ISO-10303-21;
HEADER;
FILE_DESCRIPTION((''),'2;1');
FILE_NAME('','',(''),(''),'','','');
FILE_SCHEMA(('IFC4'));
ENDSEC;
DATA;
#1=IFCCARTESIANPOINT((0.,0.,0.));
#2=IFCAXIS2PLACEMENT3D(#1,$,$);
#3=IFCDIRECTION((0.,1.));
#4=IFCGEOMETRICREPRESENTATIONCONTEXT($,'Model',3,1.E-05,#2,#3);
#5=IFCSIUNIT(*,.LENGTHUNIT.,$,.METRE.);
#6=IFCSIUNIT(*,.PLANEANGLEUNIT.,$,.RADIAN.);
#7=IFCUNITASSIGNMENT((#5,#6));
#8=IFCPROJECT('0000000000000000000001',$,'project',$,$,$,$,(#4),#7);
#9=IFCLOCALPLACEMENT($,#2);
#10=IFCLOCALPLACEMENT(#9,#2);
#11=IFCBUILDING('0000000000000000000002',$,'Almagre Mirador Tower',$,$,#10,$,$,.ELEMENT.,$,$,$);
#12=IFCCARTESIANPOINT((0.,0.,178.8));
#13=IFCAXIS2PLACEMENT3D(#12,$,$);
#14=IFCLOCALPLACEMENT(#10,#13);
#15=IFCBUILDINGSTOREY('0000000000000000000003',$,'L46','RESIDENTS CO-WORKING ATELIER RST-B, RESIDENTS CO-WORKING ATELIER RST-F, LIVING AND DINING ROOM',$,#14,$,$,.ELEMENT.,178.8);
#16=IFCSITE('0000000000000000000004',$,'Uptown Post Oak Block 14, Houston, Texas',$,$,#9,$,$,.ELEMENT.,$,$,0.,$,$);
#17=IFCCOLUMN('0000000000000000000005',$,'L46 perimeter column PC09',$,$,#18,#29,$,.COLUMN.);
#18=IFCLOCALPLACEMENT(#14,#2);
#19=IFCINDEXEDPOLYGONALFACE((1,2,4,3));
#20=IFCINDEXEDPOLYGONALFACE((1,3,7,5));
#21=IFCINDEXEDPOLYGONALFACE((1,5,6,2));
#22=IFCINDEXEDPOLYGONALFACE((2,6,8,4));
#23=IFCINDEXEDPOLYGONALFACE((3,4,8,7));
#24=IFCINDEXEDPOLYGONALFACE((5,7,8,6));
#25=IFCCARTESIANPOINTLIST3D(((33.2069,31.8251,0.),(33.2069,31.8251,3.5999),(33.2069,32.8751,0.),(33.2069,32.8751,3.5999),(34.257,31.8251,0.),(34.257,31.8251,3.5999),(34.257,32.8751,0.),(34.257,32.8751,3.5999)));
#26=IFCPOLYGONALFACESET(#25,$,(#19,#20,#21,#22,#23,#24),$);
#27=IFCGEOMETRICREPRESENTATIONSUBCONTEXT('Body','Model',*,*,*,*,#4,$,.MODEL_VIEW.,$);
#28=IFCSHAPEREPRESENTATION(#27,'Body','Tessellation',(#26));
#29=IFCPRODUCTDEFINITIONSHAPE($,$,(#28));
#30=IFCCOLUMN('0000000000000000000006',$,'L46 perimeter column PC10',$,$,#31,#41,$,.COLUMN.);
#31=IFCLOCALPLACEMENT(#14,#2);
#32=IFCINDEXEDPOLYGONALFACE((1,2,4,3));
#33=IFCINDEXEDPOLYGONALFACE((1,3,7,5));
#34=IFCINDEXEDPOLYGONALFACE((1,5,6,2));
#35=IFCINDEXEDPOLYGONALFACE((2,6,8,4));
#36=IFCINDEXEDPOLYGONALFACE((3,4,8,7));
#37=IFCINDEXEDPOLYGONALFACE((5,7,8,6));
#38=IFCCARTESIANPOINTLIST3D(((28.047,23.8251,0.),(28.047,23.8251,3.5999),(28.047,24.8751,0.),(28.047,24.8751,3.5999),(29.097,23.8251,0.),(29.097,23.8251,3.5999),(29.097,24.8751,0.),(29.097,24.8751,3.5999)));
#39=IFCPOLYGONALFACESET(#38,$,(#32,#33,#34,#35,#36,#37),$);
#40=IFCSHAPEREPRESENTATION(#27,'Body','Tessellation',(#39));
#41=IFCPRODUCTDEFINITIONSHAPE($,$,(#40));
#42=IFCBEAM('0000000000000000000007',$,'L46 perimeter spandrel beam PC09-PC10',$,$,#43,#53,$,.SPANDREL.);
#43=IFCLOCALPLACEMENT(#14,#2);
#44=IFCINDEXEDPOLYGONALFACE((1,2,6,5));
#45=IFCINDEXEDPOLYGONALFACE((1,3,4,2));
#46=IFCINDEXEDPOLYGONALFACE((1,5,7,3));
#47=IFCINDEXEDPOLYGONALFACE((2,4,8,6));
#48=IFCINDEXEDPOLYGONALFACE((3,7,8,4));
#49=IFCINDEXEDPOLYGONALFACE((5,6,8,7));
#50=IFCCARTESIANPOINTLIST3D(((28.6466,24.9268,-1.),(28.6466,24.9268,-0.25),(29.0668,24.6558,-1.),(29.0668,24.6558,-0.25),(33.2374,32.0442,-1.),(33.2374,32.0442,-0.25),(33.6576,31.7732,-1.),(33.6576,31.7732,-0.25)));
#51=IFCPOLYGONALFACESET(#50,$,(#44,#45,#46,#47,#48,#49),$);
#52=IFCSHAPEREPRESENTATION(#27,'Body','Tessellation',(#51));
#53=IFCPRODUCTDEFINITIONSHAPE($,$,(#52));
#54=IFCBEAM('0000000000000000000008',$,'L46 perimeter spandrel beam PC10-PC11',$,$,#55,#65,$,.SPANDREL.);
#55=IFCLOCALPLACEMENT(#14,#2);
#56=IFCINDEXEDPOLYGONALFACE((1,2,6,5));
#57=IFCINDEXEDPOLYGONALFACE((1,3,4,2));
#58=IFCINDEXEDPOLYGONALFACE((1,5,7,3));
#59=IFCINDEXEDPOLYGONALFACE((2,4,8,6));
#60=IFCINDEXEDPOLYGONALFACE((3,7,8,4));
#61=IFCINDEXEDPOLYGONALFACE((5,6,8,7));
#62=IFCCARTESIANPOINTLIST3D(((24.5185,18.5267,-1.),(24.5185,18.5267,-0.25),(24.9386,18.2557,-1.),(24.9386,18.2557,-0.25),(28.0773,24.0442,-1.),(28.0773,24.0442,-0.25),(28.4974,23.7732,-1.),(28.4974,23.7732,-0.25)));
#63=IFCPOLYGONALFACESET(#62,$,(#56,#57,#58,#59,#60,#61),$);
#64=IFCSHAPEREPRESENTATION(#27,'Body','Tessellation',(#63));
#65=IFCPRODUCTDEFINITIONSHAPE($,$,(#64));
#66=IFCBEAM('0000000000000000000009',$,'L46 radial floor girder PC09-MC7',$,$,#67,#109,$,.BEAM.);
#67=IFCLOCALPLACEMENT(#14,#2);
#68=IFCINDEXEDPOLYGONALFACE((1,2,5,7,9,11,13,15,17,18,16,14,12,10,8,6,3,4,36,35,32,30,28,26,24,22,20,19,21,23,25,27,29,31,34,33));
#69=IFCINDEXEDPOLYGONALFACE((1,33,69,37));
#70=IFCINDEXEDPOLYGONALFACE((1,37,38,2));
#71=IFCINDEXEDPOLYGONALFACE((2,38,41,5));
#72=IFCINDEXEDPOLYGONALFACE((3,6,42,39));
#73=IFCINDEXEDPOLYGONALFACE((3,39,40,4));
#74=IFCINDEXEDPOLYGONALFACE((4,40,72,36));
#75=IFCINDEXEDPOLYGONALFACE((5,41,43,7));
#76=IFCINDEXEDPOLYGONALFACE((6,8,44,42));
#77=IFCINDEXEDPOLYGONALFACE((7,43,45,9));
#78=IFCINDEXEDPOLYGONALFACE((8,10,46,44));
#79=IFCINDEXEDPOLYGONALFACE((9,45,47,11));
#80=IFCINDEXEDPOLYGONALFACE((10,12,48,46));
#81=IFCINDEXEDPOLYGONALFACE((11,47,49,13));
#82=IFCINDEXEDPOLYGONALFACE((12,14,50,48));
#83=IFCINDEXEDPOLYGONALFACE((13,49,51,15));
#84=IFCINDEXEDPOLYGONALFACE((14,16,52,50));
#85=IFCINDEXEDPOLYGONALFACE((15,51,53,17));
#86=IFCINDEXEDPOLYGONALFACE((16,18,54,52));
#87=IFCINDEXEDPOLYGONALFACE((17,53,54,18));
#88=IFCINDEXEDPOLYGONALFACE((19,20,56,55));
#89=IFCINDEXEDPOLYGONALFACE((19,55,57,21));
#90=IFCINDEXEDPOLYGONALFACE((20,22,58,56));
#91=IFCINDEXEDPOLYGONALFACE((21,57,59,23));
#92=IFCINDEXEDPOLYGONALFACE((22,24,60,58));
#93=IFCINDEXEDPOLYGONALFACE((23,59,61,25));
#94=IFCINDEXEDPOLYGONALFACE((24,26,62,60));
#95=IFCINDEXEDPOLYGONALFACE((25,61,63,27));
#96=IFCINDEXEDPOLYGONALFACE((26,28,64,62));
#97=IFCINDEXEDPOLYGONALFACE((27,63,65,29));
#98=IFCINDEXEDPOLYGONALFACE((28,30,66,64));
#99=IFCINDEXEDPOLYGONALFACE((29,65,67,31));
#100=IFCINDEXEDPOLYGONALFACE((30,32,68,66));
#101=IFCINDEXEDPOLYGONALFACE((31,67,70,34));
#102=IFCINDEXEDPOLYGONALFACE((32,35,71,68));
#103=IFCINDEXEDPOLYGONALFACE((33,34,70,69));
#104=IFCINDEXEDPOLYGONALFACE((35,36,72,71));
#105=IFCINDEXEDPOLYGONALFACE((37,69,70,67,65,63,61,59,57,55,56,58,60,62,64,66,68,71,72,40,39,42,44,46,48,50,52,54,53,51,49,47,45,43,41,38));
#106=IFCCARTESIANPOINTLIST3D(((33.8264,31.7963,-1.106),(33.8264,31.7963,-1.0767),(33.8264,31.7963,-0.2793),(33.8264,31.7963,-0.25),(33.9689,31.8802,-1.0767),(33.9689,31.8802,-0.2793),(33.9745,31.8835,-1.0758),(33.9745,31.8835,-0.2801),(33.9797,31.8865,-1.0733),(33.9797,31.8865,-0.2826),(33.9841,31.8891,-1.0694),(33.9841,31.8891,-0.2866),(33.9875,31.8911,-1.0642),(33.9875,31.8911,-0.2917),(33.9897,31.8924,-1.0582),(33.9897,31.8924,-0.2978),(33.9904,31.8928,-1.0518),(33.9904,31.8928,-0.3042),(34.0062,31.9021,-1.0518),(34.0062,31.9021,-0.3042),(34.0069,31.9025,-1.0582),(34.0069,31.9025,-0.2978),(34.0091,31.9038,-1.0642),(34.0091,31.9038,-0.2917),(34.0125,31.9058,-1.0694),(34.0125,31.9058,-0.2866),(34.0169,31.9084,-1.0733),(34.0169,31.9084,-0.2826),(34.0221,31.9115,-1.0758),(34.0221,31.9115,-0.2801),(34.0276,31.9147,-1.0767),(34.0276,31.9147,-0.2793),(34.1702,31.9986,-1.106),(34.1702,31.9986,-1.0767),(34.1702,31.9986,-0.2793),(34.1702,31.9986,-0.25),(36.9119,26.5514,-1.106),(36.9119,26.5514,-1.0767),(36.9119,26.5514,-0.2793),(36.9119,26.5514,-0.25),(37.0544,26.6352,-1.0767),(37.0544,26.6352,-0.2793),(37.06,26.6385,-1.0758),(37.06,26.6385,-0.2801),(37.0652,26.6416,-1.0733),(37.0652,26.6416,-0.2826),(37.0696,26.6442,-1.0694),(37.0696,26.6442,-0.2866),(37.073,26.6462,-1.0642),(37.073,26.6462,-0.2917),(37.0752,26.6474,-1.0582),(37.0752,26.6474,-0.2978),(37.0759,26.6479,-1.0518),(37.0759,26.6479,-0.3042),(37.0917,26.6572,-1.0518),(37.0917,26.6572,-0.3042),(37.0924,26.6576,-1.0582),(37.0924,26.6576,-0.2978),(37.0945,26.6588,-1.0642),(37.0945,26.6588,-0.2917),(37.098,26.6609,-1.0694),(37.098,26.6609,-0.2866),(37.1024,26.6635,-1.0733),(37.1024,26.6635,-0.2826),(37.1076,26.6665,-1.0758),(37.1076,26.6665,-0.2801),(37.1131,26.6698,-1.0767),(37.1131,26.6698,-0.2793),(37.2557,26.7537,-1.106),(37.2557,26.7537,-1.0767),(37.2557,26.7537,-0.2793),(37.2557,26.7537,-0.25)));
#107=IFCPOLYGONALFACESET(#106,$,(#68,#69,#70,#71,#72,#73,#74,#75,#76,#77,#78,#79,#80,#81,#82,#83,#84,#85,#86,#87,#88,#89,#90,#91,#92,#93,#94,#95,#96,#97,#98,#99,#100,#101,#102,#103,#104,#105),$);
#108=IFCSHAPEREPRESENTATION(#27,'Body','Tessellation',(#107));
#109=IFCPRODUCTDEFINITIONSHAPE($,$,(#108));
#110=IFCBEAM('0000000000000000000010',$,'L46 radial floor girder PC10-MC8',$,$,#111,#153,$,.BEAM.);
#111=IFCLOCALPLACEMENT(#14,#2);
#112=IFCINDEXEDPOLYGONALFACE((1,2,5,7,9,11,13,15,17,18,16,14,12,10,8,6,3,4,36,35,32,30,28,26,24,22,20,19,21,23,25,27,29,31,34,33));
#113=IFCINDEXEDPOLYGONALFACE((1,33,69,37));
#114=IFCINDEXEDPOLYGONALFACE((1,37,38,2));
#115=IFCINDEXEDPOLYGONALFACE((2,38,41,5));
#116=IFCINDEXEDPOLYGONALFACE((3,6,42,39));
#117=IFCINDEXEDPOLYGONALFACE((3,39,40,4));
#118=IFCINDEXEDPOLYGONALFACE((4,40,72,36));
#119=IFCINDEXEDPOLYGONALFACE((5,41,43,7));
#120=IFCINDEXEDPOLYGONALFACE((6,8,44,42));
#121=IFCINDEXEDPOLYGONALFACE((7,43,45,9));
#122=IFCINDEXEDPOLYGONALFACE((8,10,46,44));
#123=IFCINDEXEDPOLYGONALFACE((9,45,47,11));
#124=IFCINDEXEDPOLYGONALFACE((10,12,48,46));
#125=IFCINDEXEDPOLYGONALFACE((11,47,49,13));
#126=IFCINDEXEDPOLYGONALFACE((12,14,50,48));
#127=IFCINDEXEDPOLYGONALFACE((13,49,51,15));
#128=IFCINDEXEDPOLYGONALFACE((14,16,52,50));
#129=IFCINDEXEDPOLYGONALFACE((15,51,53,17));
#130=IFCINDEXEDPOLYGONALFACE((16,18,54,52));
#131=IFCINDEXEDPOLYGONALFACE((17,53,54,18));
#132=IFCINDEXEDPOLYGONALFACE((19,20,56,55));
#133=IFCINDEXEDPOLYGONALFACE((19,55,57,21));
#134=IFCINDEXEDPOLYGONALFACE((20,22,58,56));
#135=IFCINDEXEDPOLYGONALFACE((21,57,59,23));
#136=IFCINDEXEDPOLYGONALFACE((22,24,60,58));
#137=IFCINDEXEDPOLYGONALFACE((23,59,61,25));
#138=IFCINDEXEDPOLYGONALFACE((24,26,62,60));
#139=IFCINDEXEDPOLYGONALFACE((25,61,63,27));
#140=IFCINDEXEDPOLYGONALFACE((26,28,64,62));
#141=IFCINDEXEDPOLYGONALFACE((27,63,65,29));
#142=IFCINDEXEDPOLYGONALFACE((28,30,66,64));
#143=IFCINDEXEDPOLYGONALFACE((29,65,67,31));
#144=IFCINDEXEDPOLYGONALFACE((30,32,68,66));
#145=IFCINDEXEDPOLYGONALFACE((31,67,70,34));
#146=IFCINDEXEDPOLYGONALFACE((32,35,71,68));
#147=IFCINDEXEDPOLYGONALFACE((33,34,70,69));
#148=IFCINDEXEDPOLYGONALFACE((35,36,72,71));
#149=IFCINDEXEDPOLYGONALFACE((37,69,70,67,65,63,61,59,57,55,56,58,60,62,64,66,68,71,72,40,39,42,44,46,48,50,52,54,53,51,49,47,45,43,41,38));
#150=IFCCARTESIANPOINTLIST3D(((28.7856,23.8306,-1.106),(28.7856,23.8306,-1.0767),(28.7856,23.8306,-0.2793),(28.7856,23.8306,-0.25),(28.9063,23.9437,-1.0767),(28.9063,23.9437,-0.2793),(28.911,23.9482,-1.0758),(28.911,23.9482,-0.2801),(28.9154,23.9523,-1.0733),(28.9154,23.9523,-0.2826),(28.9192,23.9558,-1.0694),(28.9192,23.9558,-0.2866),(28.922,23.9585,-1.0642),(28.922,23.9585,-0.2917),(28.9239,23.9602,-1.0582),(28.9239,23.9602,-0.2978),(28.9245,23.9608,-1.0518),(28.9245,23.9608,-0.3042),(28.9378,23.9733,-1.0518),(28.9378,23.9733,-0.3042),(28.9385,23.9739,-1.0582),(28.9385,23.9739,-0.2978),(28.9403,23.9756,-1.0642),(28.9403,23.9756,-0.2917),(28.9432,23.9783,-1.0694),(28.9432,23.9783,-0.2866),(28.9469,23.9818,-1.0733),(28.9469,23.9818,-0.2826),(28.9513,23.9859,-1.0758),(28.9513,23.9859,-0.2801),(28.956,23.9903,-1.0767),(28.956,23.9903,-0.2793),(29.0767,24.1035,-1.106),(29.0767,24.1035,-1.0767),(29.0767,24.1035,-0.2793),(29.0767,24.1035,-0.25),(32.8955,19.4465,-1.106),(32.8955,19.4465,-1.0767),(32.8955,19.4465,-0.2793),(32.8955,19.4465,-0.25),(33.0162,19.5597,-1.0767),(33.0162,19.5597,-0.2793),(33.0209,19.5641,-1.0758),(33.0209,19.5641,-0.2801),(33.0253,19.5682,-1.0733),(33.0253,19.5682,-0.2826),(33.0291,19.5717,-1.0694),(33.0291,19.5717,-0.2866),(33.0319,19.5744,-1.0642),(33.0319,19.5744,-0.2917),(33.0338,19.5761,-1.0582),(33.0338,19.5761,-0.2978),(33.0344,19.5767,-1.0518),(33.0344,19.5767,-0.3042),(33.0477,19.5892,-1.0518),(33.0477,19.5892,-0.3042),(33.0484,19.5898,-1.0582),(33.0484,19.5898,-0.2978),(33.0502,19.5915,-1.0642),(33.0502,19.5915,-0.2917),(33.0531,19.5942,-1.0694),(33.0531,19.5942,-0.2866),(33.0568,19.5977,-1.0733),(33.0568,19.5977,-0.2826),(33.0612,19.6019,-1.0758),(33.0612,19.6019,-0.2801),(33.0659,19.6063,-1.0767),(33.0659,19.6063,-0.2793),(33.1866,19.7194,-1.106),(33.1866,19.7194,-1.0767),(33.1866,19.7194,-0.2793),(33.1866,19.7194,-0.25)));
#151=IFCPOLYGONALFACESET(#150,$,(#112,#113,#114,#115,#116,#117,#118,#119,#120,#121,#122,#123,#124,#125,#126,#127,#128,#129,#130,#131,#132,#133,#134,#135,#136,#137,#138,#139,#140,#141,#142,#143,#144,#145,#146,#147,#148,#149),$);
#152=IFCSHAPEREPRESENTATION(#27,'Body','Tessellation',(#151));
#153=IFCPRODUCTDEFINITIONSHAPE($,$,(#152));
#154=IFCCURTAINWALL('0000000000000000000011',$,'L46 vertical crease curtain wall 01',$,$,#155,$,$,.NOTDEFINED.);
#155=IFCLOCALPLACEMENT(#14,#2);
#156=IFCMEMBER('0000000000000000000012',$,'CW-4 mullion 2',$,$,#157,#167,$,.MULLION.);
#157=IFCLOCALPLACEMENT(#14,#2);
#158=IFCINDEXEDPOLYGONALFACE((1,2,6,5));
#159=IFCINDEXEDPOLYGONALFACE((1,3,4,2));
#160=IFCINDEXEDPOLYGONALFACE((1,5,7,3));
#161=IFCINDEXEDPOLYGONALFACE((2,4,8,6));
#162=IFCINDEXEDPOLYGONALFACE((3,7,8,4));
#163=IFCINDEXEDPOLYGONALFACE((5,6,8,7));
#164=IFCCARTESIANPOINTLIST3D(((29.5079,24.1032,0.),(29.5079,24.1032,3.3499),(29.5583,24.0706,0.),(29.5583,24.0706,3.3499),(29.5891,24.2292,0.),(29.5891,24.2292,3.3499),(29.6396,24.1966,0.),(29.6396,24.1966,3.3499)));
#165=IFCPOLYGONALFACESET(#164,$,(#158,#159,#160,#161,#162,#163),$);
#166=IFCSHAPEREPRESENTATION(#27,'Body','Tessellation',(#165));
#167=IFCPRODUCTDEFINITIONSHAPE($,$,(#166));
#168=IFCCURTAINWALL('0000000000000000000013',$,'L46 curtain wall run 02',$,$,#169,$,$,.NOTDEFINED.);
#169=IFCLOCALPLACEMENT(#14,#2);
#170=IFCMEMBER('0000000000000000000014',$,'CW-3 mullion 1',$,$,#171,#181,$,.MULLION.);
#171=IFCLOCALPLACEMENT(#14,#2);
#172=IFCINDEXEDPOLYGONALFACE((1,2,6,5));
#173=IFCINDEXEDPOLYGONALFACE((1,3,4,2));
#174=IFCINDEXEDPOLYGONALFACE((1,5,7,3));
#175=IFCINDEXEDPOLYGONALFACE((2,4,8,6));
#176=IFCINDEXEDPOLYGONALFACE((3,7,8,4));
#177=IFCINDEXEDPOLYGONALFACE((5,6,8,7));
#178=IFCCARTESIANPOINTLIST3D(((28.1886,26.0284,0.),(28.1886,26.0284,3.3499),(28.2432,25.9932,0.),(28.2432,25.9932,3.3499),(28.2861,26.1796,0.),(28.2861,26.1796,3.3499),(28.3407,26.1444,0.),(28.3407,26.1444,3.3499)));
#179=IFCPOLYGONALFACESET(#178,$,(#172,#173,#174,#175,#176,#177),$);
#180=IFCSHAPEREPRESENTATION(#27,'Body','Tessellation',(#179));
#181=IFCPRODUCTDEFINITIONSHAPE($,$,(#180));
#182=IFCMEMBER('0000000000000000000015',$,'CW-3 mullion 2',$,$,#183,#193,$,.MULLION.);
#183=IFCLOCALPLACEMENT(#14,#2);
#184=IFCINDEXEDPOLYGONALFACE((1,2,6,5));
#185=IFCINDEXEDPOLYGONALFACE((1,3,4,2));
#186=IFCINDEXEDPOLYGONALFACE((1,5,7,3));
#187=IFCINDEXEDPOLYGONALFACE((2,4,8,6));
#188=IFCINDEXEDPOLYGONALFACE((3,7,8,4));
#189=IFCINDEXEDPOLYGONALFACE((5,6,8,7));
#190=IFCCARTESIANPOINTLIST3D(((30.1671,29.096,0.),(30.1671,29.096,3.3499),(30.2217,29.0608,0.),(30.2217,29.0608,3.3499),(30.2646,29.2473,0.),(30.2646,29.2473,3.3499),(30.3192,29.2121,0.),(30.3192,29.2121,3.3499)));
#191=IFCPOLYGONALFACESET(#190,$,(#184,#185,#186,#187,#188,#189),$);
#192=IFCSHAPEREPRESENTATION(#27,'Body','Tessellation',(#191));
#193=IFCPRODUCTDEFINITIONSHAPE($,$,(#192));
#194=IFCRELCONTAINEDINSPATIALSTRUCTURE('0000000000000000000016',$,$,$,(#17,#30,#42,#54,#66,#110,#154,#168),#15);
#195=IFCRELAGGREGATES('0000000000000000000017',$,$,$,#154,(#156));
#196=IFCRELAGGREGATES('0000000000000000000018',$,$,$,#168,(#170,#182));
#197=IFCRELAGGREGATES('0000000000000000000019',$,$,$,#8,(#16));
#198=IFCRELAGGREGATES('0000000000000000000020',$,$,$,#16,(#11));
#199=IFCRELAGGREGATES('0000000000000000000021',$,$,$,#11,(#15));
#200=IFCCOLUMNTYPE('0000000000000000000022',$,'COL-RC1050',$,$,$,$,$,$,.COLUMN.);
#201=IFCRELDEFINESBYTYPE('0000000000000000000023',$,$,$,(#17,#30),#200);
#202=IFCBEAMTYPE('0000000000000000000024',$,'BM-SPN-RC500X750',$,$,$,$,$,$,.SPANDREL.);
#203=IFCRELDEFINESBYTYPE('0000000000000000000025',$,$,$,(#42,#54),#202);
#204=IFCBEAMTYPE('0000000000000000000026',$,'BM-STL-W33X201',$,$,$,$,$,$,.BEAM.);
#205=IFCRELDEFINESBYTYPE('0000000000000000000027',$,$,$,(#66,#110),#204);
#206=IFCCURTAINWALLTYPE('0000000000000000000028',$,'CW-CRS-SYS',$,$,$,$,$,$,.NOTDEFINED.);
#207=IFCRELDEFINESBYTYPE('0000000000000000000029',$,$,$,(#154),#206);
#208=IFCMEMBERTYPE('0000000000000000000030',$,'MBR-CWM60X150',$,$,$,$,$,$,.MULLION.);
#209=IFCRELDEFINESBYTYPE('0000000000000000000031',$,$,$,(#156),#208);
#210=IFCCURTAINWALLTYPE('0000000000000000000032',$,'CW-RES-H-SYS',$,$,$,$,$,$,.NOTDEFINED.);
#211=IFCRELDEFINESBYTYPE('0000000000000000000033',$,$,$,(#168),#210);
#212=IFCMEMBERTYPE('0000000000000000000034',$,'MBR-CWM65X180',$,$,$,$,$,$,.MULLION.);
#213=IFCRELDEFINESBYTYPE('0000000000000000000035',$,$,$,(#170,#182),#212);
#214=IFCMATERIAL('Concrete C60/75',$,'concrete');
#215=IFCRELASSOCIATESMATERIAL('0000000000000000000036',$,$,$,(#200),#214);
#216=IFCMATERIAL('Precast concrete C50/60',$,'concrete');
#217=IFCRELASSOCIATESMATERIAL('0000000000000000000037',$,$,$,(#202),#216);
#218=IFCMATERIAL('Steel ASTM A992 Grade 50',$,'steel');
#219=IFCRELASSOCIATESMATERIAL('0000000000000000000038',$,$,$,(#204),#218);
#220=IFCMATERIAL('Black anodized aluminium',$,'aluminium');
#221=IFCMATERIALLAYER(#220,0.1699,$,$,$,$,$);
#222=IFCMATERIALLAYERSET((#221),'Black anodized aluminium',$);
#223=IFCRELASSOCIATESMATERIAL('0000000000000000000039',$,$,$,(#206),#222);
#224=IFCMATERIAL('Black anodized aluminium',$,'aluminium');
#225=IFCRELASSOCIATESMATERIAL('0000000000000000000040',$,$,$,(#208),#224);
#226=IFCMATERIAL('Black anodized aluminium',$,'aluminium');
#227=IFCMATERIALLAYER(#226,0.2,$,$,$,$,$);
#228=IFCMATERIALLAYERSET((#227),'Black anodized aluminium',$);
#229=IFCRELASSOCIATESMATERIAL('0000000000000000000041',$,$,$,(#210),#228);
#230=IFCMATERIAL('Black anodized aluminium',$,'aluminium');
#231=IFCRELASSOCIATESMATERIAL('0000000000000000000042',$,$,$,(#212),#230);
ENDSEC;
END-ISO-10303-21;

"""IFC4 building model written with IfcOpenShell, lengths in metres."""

from ifc_helpers import new_model, si_unit, direction, frame, origin, origin_2d, place, context, subcontext, project, spatial, rectangle, i_section, extrude, material, layer, layer_set, material_profile, profile_set, type_object, element, aggregate, save


model = new_model("IFC4")

# Units and contexts
model_context = context("Model", 3, precision=1e-05, world=origin(), true_north=direction((0.0, 1.0)))
body_context = subcontext(model_context, "Body", "Model", "MODEL_VIEW")
ifc_project = project(units=[si_unit("LENGTHUNIT", "METRE"), si_unit("PLANEANGLEUNIT", "RADIAN")], contexts=[model_context])

# Site, building, storey
site_placement = place(None, origin())
site = spatial("IfcSite", under=ifc_project, at=site_placement, Name="Uptown Post Oak Block 14, Houston, Texas", CompositionType="ELEMENT", RefElevation=0.0)
building_placement = place(site_placement, origin())
building = spatial("IfcBuilding", under=site, at=building_placement, Name="Almagre Mirador Tower", CompositionType="ELEMENT")
storey_placement = place(building_placement, frame((0.0, 0.0, 178.8)))
storey = spatial("IfcBuildingStorey", under=building, at=storey_placement, Name="L46", Description="RESIDENTS CO-WORKING ATELIER RST-B, RESIDENTS CO-WORKING ATELIER RST-F, LIVING AND DINING ROOM", CompositionType="ELEMENT", Elevation=178.8)

# Columns
ifc_material_1 = material(Name="Concrete C60/75", Category="concrete")
ifc_material_profile_1 = material_profile(ifc_material_1, rectangle(XDim=1.05, YDim=1.05, at=origin_2d()), Name="RC1050X1050")
ifc_profile_set_1 = profile_set([ifc_material_profile_1], Name="Concrete C60/75")
column_type = type_object("IfcColumnType", Name="COL-RC1050", PredefinedType="COLUMN", material=ifc_profile_set_1)
for number, where, z_axis, x_axis, name in (
    (1, (33.7319, 32.3501, 0.0), (0.0, 0.0, 1.0), (1.0, 0.0, 0.0), "L46 perimeter column PC09"),
    (2, (28.572, 24.3501, 0.0), (0.0, 0.0, 1.0), (1.0, 0.0, 0.0), "L46 perimeter column PC10"),
):
    element("IfcColumn", number, at=place(storey_placement, frame(where, z_axis=z_axis, x_axis=x_axis)), inside=storey, type_object=column_type, Name=name, PredefinedType="COLUMN", context=body_context, shape_type="SweptSolid", body=[
        extrude(rectangle(XDim=1.05, YDim=1.05, at=origin_2d()), origin(), (0.0, 0.0, 1.0), 3.5999),
    ])

# Beams
ifc_material_2 = material(Name="Precast concrete C50/60", Category="concrete")
ifc_material_profile_2 = material_profile(ifc_material_2, rectangle(XDim=0.5, YDim=0.75, at=origin_2d()), Name="RC500X750")
ifc_profile_set_2 = profile_set([ifc_material_profile_2], Name="Precast concrete C50/60")
beam_type_1 = type_object("IfcBeamType", Name="BM-SPN-RC500X750", PredefinedType="SPANDREL", material=ifc_profile_set_2)
beam_1_placement = place(storey_placement, frame((33.4475, 31.9087, -0.625), z_axis=(-0.542038, -0.840354, 0.0), x_axis=(0.840354, -0.542038, 0.0)))
element("IfcBeam", 3, at=beam_1_placement, inside=storey, type_object=beam_type_1, Name="L46 perimeter spandrel beam PC09-PC10", PredefinedType="SPANDREL", context=body_context, shape_type="SweptSolid", body=[
    extrude(rectangle(XDim=0.5, YDim=0.75, at=origin_2d()), origin(), (0.0, 0.0, 1.0), 8.4695),
])
beam_2_placement = place(storey_placement, frame((28.2874, 23.9087, -0.625), z_axis=(-0.542031, -0.840358, 0.0), x_axis=(0.840358, -0.542031, 0.0)))
element("IfcBeam", 4, at=beam_2_placement, inside=storey, type_object=beam_type_1, Name="L46 perimeter spandrel beam PC10-PC11", PredefinedType="SPANDREL", context=body_context, shape_type="SweptSolid", body=[
    extrude(rectangle(XDim=0.5, YDim=0.75, at=origin_2d()), origin(), (0.0, 0.0, 1.0), 6.5657),
])
ifc_material_3 = material(Name="Steel ASTM A992 Grade 50", Category="steel")
ifc_material_profile_3 = material_profile(ifc_material_3, i_section(OverallWidth=0.3989, OverallDepth=0.856, WebThickness=0.0183, FlangeThickness=0.0293, FilletRadius=0.0249, at=origin_2d()), Name="W33X201")
ifc_profile_set_3 = profile_set([ifc_material_profile_3], Name="Steel ASTM A992 Grade 50")
beam_type_2 = type_object("IfcBeamType", Name="BM-STL-W33X201", PredefinedType="BEAM", material=ifc_profile_set_3)
beam_3_placement = place(storey_placement, frame((33.9983, 31.8975, -0.678), z_axis=(0.507048, -0.861918, 0.0), x_axis=(0.861918, 0.507048, 0.0)))
element("IfcBeam", 5, at=beam_3_placement, inside=storey, type_object=beam_type_2, Name="L46 radial floor girder PC09-MC7", PredefinedType="BEAM", context=body_context, shape_type="SweptSolid", body=[
    extrude(i_section(OverallWidth=0.3989, OverallDepth=0.856, WebThickness=0.0183, FlangeThickness=0.0293, FilletRadius=0.0249, at=origin_2d()), origin(), (0.0, 0.0, 1.0), 6.0852),
])
beam_4_placement = place(storey_placement, frame((28.9312, 23.967, -0.678), z_axis=(0.683926, -0.729551, 0.0), x_axis=(0.729551, 0.683926, 0.0)))
element("IfcBeam", 6, at=beam_4_placement, inside=storey, type_object=beam_type_2, Name="L46 radial floor girder PC10-MC8", PredefinedType="BEAM", context=body_context, shape_type="SweptSolid", body=[
    extrude(i_section(OverallWidth=0.3989, OverallDepth=0.856, WebThickness=0.0183, FlangeThickness=0.0293, FilletRadius=0.0249, at=origin_2d()), origin(), (0.0, 0.0, 1.0), 6.0093),
])

# Curtain wall, member
ifc_material_4 = material(Name="Black anodized aluminium", Category="aluminium")
ifc_layer_1 = layer(ifc_material_4, 0.1699)
ifc_layer_set_1 = layer_set([ifc_layer_1], Name="Black anodized aluminium")
curtain_wall_type_1 = type_object("IfcCurtainWallType", Name="CW-CRS-SYS", PredefinedType="NOTDEFINED", material=ifc_layer_set_1)
curtain_wall_1_placement = place(storey_placement, origin())
curtain_wall_1 = element("IfcCurtainWall", 7, at=curtain_wall_1_placement, inside=storey, type_object=curtain_wall_type_1, Name="L46 vertical crease curtain wall 01", PredefinedType="NOTDEFINED")
ifc_material_5 = material(Name="Black anodized aluminium", Category="aluminium")
ifc_material_profile_4 = material_profile(ifc_material_5, rectangle(XDim=0.0601, YDim=0.1499, at=origin_2d()), Name="CWM60X150")
ifc_profile_set_4 = profile_set([ifc_material_profile_4], Name="Black anodized aluminium")
member_type_1 = type_object("IfcMemberType", Name="MBR-CWM60X150", PredefinedType="MULLION", material=ifc_profile_set_4)
member_1_placement = place(storey_placement, frame((29.5737, 24.1499, 0.0), z_axis=(0.0, 0.0, 1.0), x_axis=(-0.840276, 0.54216, 0.0)))
member_1 = element("IfcMember", 8, at=member_1_placement, type_object=member_type_1, Name="CW-4 mullion 2", PredefinedType="MULLION", context=body_context, shape_type="SweptSolid", body=[
    extrude(rectangle(XDim=0.0601, YDim=0.1499, at=origin_2d()), origin(), (0.0, 0.0, 1.0), 3.3499),
])

# Curtain wall, members
ifc_material_6 = material(Name="Black anodized aluminium", Category="aluminium")
ifc_layer_2 = layer(ifc_material_6, 0.2)
ifc_layer_set_2 = layer_set([ifc_layer_2], Name="Black anodized aluminium")
curtain_wall_type_2 = type_object("IfcCurtainWallType", Name="CW-RES-H-SYS", PredefinedType="NOTDEFINED", material=ifc_layer_set_2)
curtain_wall_2_placement = place(storey_placement, origin())
curtain_wall_2 = element("IfcCurtainWall", 9, at=curtain_wall_2_placement, inside=storey, type_object=curtain_wall_type_2, Name="L46 curtain wall run 02", PredefinedType="NOTDEFINED")
ifc_material_7 = material(Name="Black anodized aluminium", Category="aluminium")
ifc_material_profile_5 = material_profile(ifc_material_7, rectangle(XDim=0.0649, YDim=0.1799, at=origin_2d()), Name="CWM65X180")
ifc_profile_set_5 = profile_set([ifc_material_profile_5], Name="Black anodized aluminium")
member_type_2 = type_object("IfcMemberType", Name="MBR-CWM65X180", PredefinedType="MULLION", material=ifc_profile_set_5)
member_2_placement = place(storey_placement, frame((28.2646, 26.0864, 0.0), z_axis=(0.0, 0.0, 1.0), x_axis=(-0.840361, 0.542026, 0.0)))
member_2 = element("IfcMember", 10, at=member_2_placement, type_object=member_type_2, Name="CW-3 mullion 1", PredefinedType="MULLION", context=body_context, shape_type="SweptSolid", body=[
    extrude(rectangle(XDim=0.0649, YDim=0.1799, at=origin_2d()), origin(), (0.0, 0.0, 1.0), 3.3499),
])
member_3_placement = place(storey_placement, frame((30.2432, 29.1541, 0.0), z_axis=(0.0, 0.0, 1.0), x_axis=(-0.840361, 0.542026, 0.0)))
member_3 = element("IfcMember", 11, at=member_3_placement, type_object=member_type_2, Name="CW-3 mullion 2", PredefinedType="MULLION", context=body_context, shape_type="SweptSolid", body=[
    extrude(rectangle(XDim=0.0649, YDim=0.1799, at=origin_2d()), origin(), (0.0, 0.0, 1.0), 3.3499),
])

aggregate(curtain_wall_1, [member_1])
aggregate(curtain_wall_2, [member_2, member_3])

save(model, "model.ifc")
